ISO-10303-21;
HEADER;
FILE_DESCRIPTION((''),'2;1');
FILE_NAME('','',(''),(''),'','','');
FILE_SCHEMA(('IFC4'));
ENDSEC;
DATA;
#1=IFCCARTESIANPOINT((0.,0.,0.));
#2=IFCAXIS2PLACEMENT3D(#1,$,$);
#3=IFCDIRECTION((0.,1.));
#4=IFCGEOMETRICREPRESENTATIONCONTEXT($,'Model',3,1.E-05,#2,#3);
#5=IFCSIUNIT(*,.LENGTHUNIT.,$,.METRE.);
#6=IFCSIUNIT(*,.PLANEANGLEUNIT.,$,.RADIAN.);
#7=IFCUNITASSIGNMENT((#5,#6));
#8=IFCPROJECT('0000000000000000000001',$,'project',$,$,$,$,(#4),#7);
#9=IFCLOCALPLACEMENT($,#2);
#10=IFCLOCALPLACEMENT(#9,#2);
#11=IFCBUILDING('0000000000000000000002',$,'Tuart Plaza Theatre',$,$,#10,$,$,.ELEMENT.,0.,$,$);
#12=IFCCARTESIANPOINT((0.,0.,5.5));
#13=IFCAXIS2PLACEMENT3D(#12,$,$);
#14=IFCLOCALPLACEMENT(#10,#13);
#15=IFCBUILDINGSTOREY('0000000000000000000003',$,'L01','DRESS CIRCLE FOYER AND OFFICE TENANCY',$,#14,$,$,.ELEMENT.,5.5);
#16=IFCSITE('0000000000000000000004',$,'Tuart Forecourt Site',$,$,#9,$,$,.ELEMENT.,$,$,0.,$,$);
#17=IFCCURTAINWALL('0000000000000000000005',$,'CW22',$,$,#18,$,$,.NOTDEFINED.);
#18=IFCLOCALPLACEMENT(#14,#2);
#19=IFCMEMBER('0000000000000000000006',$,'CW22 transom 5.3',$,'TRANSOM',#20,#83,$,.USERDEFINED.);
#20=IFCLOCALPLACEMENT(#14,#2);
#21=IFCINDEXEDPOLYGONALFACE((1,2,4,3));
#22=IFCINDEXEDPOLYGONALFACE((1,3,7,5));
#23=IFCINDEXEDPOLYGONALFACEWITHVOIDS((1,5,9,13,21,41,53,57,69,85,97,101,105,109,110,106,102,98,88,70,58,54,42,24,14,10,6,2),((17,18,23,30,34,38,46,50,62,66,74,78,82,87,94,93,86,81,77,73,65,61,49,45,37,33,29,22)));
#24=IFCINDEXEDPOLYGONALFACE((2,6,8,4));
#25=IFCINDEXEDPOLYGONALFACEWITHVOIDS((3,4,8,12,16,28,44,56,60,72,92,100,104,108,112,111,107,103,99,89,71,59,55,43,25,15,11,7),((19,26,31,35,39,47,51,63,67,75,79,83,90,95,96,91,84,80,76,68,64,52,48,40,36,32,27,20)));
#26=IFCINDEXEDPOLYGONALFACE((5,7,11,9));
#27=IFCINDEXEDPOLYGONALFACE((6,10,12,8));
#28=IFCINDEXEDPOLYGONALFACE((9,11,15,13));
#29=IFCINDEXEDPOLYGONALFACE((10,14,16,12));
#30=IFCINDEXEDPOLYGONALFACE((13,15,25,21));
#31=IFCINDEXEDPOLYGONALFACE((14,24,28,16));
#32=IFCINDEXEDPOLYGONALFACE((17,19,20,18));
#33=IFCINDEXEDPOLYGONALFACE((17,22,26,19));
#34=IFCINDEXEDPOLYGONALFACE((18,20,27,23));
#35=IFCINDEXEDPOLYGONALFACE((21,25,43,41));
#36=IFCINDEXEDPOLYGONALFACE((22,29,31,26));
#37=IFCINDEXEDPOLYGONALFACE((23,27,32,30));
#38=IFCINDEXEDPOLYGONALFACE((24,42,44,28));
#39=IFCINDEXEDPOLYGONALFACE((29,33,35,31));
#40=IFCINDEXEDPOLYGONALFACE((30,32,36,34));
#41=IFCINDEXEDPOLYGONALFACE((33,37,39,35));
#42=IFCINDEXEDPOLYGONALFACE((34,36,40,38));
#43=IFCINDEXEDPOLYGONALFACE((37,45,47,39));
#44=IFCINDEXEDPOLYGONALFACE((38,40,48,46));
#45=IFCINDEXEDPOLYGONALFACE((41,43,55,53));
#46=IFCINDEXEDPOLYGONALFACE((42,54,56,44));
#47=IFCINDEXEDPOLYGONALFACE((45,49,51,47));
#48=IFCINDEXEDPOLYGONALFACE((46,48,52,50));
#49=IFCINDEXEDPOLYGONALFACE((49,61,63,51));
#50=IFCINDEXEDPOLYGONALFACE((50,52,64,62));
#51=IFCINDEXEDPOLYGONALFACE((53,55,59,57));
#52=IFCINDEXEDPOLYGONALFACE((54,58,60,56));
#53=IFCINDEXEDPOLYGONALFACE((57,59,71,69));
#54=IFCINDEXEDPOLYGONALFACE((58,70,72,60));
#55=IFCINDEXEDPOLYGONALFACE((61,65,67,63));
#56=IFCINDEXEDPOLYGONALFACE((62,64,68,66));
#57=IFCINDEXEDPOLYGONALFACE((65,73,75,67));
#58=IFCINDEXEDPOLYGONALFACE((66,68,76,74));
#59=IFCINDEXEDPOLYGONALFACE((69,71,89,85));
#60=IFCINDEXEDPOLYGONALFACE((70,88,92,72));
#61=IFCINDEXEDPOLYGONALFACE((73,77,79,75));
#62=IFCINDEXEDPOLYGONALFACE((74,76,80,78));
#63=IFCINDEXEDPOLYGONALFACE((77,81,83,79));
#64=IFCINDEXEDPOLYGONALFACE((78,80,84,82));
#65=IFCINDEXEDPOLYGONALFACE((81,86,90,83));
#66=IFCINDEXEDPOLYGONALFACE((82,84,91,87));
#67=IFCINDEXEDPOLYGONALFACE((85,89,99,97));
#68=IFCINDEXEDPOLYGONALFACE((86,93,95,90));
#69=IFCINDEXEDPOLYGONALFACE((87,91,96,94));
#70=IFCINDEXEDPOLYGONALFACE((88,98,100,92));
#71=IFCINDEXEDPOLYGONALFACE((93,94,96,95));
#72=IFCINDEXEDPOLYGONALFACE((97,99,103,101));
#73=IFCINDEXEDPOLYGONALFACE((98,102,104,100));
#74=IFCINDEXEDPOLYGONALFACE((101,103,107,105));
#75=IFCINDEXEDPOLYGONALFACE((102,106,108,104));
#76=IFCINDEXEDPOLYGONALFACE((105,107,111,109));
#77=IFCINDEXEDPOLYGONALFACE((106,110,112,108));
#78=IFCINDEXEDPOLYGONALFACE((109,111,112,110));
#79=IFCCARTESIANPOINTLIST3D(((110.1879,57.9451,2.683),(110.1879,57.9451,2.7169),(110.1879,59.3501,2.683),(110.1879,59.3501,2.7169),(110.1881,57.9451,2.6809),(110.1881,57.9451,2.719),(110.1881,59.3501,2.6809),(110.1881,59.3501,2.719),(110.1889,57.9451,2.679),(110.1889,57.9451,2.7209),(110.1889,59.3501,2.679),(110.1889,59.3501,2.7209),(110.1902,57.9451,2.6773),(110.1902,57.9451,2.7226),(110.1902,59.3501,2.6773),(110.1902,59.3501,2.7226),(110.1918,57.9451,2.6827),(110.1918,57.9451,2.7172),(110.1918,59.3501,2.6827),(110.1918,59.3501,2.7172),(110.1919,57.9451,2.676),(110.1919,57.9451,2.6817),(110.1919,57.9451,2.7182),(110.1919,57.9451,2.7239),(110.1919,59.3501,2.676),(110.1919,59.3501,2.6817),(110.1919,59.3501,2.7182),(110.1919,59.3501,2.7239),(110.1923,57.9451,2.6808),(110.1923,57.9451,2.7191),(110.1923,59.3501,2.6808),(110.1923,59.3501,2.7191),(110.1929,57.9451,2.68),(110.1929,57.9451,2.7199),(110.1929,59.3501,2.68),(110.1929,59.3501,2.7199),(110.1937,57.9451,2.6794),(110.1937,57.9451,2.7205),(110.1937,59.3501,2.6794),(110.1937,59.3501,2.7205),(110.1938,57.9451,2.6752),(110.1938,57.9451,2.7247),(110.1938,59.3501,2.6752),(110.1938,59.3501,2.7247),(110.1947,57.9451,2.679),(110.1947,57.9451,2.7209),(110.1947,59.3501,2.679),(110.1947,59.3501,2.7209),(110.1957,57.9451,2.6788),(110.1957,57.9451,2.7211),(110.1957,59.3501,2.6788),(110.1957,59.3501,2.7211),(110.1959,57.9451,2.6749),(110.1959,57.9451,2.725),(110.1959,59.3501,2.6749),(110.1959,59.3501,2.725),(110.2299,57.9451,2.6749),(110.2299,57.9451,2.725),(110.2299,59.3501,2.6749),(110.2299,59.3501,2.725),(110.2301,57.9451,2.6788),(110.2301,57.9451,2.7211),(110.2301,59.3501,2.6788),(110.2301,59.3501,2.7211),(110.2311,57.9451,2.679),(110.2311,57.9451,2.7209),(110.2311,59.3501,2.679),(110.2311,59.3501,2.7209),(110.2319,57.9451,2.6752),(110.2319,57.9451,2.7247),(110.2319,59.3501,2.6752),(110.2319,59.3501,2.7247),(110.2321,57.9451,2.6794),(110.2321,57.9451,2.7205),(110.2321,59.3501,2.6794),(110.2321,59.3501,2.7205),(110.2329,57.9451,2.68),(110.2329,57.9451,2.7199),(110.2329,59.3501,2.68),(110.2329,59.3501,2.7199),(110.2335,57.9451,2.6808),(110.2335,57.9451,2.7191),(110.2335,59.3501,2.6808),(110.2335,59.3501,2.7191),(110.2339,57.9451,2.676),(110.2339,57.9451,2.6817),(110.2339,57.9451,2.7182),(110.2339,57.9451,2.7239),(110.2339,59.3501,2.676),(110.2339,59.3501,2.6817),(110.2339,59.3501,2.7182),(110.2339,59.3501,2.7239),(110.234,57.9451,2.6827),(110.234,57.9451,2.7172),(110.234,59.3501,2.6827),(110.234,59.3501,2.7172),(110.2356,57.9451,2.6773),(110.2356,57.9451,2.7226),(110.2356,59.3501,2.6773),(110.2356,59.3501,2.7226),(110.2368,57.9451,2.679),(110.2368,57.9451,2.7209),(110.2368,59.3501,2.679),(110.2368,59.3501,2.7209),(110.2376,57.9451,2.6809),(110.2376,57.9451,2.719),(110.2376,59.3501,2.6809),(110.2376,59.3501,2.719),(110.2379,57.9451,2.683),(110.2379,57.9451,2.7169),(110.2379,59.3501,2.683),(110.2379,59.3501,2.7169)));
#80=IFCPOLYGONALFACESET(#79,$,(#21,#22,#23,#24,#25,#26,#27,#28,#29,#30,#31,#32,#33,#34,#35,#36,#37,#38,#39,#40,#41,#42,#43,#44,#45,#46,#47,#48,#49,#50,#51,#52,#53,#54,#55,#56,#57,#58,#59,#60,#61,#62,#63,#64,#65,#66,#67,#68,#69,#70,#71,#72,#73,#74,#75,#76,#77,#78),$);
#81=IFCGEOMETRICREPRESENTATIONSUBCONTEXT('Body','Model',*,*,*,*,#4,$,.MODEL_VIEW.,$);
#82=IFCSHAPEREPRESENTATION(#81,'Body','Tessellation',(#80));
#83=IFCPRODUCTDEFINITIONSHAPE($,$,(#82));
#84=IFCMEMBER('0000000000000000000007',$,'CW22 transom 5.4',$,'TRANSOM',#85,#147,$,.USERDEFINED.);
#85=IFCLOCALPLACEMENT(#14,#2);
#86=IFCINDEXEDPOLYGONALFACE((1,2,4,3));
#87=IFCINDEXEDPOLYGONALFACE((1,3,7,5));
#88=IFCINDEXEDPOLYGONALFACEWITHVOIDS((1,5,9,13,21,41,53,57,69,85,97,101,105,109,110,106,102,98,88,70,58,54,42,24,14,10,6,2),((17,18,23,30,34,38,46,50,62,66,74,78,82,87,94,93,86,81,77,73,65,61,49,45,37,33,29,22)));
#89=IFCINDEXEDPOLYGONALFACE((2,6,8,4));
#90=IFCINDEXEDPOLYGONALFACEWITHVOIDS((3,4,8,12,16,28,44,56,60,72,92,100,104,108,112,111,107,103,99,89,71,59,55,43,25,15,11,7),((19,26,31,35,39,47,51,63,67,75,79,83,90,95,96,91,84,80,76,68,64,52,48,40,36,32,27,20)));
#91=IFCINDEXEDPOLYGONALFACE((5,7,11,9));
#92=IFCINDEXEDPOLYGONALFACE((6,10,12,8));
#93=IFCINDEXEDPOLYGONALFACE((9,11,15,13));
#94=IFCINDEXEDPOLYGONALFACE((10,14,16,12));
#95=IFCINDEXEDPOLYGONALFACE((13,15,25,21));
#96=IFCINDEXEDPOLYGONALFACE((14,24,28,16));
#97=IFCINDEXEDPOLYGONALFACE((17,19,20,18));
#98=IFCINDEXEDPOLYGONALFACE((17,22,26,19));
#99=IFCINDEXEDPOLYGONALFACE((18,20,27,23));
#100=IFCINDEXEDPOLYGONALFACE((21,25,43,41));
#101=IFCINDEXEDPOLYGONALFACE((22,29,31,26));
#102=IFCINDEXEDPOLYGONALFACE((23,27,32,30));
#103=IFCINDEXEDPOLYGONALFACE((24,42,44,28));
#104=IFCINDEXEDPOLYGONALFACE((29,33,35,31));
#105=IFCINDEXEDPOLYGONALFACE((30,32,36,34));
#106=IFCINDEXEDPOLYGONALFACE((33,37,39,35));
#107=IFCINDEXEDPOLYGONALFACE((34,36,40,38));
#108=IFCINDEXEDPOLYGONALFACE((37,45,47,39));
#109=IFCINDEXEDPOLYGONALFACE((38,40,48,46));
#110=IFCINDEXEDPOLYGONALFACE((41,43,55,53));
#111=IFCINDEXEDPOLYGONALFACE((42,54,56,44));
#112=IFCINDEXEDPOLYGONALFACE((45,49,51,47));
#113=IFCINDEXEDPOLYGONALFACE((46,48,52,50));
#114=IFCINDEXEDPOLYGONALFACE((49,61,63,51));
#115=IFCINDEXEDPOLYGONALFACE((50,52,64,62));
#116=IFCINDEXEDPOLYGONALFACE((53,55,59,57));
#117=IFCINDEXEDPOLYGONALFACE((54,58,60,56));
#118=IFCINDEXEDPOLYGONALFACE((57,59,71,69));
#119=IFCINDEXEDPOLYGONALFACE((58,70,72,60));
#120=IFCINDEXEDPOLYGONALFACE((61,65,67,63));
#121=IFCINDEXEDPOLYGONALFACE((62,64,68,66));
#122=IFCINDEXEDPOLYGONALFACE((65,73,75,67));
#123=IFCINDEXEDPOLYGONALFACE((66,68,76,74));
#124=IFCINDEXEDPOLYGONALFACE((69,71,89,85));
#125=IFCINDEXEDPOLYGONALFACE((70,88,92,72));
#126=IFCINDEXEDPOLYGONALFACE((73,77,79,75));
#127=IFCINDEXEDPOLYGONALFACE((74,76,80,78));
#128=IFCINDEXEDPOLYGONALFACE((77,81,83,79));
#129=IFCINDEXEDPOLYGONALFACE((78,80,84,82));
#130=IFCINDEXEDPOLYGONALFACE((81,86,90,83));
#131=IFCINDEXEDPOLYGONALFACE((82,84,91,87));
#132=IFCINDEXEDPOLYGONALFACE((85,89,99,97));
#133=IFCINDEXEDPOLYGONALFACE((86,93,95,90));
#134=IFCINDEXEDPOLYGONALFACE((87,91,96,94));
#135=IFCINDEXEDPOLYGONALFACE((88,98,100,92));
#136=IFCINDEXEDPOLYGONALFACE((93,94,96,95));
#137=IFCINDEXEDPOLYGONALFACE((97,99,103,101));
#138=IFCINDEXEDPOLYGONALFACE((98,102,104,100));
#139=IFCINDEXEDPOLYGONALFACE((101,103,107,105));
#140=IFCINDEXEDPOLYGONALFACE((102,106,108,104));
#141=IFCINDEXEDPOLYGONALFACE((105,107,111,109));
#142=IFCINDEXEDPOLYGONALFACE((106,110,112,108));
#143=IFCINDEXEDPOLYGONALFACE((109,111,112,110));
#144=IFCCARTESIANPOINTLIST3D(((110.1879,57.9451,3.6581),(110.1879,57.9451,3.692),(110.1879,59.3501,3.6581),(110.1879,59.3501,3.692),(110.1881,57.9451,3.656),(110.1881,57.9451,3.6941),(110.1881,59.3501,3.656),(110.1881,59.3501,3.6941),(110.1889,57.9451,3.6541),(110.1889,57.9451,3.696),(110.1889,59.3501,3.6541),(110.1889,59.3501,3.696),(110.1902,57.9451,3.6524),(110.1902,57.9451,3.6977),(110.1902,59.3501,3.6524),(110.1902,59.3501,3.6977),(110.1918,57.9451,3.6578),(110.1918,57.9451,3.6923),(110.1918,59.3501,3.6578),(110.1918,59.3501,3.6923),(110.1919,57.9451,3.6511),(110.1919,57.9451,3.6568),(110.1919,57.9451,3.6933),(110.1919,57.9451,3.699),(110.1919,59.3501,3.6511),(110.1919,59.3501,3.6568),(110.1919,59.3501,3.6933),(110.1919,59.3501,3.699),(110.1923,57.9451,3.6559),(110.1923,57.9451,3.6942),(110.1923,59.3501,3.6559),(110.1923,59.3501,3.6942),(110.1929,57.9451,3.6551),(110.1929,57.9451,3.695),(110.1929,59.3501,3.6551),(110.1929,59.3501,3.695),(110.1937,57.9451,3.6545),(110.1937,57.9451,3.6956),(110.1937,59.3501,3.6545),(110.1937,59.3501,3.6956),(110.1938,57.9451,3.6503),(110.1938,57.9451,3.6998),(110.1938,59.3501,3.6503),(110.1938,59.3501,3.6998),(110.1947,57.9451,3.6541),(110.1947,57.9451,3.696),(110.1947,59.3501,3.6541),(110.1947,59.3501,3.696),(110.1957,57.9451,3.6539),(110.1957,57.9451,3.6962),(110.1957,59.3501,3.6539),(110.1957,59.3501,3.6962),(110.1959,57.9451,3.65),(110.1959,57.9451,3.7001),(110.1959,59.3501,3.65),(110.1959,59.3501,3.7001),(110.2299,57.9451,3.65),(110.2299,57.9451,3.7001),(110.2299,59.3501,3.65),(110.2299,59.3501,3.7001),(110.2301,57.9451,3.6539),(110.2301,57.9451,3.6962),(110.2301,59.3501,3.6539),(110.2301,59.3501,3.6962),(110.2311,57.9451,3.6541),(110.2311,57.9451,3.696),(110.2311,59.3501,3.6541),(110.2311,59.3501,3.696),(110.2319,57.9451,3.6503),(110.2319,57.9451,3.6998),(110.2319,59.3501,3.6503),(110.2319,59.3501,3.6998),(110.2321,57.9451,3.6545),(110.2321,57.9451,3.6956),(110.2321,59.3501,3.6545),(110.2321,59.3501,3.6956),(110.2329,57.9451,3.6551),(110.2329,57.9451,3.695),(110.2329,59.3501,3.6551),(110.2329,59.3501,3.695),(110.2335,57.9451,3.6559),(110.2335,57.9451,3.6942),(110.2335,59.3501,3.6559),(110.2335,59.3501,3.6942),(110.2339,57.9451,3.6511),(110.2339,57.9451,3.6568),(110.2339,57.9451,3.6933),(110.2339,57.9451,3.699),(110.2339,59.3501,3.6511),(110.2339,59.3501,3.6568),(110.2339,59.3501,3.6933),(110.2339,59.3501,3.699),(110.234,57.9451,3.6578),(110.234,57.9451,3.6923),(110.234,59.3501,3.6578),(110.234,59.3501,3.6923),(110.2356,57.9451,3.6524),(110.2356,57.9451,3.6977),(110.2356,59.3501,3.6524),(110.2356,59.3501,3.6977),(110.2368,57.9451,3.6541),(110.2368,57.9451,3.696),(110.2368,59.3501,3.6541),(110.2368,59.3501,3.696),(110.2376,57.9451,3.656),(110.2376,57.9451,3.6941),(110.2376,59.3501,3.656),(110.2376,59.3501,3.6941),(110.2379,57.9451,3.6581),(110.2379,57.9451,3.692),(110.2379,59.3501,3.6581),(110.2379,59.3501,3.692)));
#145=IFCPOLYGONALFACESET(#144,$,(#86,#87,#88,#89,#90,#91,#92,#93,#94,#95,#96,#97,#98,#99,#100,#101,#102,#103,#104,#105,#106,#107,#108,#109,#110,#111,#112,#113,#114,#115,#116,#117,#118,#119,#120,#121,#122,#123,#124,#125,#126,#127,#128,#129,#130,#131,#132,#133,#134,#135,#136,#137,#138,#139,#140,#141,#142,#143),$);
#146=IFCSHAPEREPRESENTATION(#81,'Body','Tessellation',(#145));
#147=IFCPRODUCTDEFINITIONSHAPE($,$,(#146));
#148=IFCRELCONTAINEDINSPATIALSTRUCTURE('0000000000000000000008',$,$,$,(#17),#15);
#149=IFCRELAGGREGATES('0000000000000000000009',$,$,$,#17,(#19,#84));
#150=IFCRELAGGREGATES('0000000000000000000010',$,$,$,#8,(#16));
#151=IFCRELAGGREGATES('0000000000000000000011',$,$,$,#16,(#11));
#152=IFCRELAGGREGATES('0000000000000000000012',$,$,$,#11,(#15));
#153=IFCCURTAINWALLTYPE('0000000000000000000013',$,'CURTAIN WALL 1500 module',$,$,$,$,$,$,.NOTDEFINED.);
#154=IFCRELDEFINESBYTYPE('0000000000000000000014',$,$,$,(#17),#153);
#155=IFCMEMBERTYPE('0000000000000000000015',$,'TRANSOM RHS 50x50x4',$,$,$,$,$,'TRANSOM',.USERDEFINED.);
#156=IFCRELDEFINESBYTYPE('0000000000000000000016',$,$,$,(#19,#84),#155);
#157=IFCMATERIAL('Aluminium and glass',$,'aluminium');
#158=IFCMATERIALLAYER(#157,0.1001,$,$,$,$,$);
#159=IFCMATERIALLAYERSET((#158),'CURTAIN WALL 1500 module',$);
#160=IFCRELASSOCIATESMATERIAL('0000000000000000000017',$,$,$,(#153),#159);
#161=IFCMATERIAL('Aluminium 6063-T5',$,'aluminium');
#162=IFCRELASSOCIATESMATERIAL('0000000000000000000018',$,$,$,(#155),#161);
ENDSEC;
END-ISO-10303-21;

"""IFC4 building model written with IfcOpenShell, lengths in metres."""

from ifc_helpers import new_model, si_unit, direction, frame, origin, origin_2d, place, context, subcontext, project, spatial, hollow_rectangle, extrude, material, layer, layer_set, material_profile, profile_set, type_object, element, aggregate, save


model = new_model("IFC4")

# Units and contexts
model_context = context("Model", 3, precision=1e-05, world=origin(), true_north=direction((0.0, 1.0)))
body_context = subcontext(model_context, "Body", "Model", "MODEL_VIEW")
ifc_project = project(units=[si_unit("LENGTHUNIT", "METRE"), si_unit("PLANEANGLEUNIT", "RADIAN")], contexts=[model_context])

# Site, building, storey
site_placement = place(None, origin())
site = spatial("IfcSite", under=ifc_project, at=site_placement, Name="Tuart Forecourt Site", CompositionType="ELEMENT", RefElevation=0.0)
building_placement = place(site_placement, origin())
building = spatial("IfcBuilding", under=site, at=building_placement, Name="Tuart Plaza Theatre", CompositionType="ELEMENT", ElevationOfRefHeight=0.0)
storey_placement = place(building_placement, frame((0.0, 0.0, 5.5)))
storey = spatial("IfcBuildingStorey", under=building, at=storey_placement, Name="L01", Description="DRESS CIRCLE FOYER AND OFFICE TENANCY", CompositionType="ELEMENT", Elevation=5.5)

# Curtain wall, members
ifc_material_1 = material(Name="Aluminium and glass", Category="aluminium")
ifc_layer_1 = layer(ifc_material_1, 0.1001)
ifc_layer_set_1 = layer_set([ifc_layer_1], Name="CURTAIN WALL 1500 module")
curtain_wall_type_1 = type_object("IfcCurtainWallType", Name="CURTAIN WALL 1500 module", PredefinedType="NOTDEFINED", material=ifc_layer_set_1)
curtain_wall_1_placement = place(storey_placement, origin())
curtain_wall_1 = element("IfcCurtainWall", 1, at=curtain_wall_1_placement, inside=storey, type_object=curtain_wall_type_1, Name="CW22", PredefinedType="NOTDEFINED")
ifc_material_2 = material(Name="Aluminium 6063-T5", Category="aluminium")
ifc_material_profile_1 = material_profile(ifc_material_2, hollow_rectangle(XDim=0.05, YDim=0.05, WallThickness=0.0039, InnerFilletRadius=0.0039, OuterFilletRadius=0.0081, at=origin_2d()), Name="RHS 50x50x4")
ifc_profile_set_1 = profile_set([ifc_material_profile_1], Name="Aluminium 6063-T5")
member_type_1 = type_object("IfcMemberType", Name="TRANSOM RHS 50x50x4", ElementType="TRANSOM", PredefinedType="USERDEFINED", material=ifc_profile_set_1)
member_1_placement = place(storey_placement, frame((110.2129, 57.9451, 2.7), z_axis=(0.0, 1.0, 0.0), x_axis=(-1.0, 0.0, 0.0)))
member_1 = element("IfcMember", 2, at=member_1_placement, type_object=member_type_1, Name="CW22 transom 5.3", ObjectType="TRANSOM", PredefinedType="USERDEFINED", context=body_context, shape_type="SweptSolid", body=[
    extrude(hollow_rectangle(XDim=0.05, YDim=0.05, WallThickness=0.0039, InnerFilletRadius=0.0039, OuterFilletRadius=0.0081, at=origin_2d()), origin(), (0.0, 0.0, 1.0), 1.405),
])
member_2_placement = place(storey_placement, frame((110.2129, 57.9451, 3.675), z_axis=(0.0, 1.0, 0.0), x_axis=(-1.0, 0.0, 0.0)))
member_2 = element("IfcMember", 3, at=member_2_placement, type_object=member_type_1, Name="CW22 transom 5.4", ObjectType="TRANSOM", PredefinedType="USERDEFINED", context=body_context, shape_type="SweptSolid", body=[
    extrude(hollow_rectangle(XDim=0.05, YDim=0.05, WallThickness=0.0039, InnerFilletRadius=0.0039, OuterFilletRadius=0.0081, at=origin_2d()), origin(), (0.0, 0.0, 1.0), 1.405),
])

aggregate(curtain_wall_1, [member_1, member_2])

save(model, "model.ifc")
